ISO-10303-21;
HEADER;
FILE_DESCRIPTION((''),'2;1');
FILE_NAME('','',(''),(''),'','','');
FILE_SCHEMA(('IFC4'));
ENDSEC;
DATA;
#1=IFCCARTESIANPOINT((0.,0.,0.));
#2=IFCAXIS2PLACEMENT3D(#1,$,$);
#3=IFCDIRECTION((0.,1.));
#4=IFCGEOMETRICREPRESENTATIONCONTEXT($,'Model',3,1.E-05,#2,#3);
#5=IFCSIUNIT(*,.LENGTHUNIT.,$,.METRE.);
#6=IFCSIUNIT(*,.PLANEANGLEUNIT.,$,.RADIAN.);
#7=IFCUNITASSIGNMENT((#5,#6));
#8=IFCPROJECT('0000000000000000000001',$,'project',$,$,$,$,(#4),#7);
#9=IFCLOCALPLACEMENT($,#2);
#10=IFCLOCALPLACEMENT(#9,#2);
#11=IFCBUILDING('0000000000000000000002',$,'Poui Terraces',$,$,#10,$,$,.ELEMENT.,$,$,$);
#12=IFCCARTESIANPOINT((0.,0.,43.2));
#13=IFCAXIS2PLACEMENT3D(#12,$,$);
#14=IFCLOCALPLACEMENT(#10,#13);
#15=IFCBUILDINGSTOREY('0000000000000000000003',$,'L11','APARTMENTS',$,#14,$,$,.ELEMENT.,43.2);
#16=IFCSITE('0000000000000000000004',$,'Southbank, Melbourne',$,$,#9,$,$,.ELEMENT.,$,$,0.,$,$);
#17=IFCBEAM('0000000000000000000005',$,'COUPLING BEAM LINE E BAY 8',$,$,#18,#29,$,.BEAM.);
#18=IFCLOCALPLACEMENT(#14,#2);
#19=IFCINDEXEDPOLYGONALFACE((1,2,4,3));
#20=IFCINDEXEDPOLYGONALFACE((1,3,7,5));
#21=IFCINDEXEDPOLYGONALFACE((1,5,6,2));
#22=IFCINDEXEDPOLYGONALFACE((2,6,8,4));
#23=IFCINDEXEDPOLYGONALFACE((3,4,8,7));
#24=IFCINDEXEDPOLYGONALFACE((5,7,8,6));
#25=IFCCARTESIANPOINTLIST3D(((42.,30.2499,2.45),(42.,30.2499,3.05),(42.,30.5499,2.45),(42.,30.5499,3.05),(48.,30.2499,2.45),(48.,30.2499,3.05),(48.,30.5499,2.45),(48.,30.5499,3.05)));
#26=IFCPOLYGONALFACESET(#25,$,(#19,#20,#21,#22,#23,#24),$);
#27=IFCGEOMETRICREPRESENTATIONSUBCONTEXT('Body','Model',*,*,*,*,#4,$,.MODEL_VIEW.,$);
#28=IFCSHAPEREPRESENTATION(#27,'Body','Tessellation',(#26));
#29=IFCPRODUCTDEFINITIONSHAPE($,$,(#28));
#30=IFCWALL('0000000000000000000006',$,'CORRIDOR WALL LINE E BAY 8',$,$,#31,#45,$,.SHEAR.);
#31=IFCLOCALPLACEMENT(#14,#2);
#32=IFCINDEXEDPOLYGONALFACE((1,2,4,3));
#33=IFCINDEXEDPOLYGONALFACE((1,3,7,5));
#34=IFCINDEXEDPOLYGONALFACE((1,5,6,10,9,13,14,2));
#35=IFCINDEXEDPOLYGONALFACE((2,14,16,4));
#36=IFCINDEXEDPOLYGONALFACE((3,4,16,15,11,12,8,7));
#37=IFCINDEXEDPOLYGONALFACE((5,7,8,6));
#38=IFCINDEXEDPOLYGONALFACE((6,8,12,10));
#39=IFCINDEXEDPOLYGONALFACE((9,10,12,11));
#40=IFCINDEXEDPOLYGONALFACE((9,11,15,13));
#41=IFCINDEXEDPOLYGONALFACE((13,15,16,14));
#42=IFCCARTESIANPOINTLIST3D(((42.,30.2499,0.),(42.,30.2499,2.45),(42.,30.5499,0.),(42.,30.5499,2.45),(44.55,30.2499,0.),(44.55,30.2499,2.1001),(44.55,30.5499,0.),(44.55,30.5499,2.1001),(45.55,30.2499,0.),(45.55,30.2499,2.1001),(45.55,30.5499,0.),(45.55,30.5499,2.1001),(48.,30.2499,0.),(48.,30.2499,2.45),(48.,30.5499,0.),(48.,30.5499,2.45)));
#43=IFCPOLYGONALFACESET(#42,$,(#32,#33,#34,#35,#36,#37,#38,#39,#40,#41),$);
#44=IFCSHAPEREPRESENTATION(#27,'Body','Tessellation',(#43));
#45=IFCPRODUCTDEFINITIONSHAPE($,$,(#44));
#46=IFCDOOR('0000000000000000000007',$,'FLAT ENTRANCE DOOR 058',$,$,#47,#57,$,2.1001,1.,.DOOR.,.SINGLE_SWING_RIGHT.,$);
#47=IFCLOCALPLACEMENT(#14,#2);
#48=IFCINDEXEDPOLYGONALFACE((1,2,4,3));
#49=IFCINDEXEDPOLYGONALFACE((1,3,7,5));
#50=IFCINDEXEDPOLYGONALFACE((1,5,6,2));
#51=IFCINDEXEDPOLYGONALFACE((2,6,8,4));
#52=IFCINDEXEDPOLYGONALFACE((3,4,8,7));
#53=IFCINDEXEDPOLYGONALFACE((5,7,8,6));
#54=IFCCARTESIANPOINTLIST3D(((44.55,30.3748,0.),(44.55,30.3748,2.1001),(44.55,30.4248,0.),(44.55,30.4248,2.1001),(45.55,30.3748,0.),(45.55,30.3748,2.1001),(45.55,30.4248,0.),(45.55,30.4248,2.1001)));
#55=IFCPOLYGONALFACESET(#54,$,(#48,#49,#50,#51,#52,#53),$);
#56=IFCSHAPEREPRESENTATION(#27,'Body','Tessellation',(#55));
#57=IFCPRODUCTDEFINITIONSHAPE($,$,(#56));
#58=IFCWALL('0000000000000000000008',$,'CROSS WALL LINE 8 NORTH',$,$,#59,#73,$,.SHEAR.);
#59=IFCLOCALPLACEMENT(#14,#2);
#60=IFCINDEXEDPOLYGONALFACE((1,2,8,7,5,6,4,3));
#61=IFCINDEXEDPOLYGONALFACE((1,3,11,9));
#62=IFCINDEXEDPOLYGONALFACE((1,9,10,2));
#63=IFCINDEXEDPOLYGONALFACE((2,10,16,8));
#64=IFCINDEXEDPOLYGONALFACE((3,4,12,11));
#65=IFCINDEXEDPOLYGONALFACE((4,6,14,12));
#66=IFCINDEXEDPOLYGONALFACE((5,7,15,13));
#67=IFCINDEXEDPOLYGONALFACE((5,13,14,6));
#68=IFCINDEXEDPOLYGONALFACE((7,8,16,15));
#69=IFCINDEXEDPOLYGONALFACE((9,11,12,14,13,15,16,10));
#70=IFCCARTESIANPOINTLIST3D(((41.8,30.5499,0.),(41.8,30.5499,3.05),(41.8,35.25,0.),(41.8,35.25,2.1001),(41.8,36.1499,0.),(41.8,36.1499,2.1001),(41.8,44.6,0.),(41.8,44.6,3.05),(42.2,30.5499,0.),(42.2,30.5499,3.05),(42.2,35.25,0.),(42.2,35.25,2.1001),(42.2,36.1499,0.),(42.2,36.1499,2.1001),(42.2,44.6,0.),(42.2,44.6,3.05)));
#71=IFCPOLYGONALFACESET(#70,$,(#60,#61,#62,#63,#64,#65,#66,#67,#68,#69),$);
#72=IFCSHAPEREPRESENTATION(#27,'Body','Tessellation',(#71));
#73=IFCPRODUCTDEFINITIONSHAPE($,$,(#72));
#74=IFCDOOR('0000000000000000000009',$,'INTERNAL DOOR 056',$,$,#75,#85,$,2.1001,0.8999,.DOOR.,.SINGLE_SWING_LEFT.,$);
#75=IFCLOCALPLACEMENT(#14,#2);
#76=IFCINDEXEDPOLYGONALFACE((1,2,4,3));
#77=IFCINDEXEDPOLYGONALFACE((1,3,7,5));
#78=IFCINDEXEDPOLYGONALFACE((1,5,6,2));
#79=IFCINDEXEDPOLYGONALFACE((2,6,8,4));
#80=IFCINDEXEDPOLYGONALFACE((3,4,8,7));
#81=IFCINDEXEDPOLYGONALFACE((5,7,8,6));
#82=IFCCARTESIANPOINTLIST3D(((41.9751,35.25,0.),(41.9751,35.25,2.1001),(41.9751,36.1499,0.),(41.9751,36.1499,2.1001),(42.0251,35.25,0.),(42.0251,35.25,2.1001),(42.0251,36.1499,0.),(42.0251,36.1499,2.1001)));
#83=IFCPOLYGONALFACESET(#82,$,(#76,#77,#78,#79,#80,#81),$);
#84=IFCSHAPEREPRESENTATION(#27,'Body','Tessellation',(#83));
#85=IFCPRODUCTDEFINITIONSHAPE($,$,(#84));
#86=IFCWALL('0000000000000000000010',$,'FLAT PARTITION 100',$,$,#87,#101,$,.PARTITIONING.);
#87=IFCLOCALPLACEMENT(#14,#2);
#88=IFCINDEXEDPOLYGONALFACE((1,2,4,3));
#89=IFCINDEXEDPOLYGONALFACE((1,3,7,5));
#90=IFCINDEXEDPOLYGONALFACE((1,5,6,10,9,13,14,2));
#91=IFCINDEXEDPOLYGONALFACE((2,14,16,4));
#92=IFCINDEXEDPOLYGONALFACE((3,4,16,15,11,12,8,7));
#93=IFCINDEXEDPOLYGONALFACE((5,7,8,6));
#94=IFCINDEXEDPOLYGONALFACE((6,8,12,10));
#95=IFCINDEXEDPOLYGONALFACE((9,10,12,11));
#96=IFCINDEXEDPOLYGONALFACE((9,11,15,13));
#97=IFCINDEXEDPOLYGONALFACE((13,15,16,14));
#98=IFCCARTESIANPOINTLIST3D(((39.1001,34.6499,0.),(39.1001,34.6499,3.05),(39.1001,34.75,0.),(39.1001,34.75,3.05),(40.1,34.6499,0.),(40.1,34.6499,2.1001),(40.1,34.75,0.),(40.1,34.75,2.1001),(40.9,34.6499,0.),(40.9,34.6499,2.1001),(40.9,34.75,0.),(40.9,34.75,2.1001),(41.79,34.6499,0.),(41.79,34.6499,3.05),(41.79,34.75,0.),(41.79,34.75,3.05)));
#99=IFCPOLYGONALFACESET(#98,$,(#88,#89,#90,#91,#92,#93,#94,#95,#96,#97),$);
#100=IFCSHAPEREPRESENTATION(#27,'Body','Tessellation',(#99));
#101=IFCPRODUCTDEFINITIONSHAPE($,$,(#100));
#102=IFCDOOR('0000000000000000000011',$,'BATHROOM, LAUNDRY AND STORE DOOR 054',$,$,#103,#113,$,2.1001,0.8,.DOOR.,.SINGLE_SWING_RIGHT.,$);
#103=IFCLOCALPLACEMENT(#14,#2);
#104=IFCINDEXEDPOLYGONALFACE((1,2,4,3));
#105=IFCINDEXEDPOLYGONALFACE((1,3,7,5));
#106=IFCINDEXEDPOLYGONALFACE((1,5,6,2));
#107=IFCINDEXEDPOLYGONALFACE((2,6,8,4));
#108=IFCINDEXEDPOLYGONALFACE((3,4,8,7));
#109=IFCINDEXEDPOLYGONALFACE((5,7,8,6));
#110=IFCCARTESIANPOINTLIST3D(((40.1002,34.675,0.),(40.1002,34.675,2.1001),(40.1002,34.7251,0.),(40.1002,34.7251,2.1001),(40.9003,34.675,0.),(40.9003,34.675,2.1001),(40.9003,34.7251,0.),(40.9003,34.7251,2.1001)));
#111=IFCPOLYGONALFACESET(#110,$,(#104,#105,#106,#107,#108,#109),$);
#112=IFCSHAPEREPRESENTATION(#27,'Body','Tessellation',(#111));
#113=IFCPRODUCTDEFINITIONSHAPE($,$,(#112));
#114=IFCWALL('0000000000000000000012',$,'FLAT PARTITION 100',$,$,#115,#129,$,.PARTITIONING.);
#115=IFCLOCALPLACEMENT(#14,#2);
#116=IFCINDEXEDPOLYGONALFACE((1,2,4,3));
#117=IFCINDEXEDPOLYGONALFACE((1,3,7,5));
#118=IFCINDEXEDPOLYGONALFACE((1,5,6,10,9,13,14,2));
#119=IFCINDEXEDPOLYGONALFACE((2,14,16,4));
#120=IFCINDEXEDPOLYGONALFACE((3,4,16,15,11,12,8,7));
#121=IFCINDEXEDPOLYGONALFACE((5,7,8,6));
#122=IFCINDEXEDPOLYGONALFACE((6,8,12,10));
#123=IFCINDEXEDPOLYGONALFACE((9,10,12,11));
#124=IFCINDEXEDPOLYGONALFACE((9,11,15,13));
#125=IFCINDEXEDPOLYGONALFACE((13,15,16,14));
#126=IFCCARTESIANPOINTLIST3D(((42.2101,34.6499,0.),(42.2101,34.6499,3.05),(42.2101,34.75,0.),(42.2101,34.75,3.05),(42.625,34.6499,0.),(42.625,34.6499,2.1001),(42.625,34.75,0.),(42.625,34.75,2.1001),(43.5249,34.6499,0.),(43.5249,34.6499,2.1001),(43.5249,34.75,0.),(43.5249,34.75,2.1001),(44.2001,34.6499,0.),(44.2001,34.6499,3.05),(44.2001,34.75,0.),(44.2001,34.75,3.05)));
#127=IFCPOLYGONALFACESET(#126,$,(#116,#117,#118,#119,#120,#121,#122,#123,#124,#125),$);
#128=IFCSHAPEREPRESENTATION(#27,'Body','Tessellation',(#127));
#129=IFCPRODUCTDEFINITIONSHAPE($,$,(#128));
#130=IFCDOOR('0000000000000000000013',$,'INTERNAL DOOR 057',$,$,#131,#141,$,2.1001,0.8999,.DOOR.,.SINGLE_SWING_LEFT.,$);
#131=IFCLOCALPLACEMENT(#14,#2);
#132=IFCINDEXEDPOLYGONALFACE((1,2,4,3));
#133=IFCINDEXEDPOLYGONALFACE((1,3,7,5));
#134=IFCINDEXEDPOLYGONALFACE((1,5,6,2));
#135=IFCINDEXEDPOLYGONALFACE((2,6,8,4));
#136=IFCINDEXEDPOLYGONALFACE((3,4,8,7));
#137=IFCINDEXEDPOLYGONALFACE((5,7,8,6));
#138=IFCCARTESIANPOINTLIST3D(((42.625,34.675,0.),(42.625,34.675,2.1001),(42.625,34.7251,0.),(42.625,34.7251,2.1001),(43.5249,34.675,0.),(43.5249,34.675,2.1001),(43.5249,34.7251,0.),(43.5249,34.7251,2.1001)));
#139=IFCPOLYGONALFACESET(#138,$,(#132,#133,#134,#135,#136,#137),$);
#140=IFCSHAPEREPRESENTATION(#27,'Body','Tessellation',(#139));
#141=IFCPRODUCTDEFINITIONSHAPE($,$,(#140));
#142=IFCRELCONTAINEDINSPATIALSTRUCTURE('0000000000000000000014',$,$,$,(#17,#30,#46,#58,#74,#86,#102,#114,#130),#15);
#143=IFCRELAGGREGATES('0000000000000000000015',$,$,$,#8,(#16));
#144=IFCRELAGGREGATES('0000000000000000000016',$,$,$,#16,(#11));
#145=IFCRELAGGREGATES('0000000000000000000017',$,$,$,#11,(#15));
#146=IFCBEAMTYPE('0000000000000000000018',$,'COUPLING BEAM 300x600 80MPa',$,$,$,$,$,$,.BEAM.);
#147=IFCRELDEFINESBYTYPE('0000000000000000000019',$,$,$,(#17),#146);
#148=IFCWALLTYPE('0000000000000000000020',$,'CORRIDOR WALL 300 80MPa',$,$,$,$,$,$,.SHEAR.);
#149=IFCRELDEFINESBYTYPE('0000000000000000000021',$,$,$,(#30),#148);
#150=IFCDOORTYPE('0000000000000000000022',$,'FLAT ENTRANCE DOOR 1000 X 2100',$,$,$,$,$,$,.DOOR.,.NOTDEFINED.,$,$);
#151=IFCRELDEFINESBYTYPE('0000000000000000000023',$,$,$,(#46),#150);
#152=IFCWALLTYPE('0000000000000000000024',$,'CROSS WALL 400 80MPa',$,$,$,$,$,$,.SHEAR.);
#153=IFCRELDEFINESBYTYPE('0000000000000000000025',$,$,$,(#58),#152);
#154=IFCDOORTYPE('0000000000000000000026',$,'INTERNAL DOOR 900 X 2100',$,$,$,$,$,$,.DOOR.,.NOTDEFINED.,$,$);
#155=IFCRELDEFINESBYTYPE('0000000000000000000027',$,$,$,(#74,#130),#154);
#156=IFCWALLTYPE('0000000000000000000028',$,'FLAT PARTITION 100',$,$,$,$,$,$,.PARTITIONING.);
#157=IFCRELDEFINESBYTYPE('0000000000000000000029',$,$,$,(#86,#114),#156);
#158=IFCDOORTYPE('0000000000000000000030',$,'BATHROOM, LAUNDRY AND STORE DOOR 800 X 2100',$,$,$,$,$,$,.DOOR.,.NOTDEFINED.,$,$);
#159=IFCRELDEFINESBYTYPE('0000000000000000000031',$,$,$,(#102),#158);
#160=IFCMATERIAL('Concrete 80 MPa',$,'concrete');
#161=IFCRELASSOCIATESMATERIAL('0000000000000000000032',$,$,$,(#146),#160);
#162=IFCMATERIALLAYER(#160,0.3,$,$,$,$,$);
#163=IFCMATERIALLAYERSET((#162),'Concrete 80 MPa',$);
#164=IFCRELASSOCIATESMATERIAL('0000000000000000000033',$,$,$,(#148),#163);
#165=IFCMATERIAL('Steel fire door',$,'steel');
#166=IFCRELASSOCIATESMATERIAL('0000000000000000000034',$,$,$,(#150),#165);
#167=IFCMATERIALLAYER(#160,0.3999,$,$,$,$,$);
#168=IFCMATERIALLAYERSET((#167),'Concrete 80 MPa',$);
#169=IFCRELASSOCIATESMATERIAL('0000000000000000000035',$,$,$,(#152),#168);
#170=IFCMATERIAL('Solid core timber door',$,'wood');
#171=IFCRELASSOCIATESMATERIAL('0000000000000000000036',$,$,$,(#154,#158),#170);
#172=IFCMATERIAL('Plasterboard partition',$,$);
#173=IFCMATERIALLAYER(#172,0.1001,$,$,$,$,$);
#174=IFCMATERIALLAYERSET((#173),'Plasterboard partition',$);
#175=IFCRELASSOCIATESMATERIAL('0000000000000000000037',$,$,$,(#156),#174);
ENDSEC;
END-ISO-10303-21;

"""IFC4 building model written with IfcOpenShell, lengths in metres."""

from ifc_helpers import new_model, si_unit, direction, frame, frame_2d, origin, origin_2d, place, context, subcontext, project, spatial, rectangle, extrude, source, transform, mapped, material, layer, layer_set, material_profile, profile_set, type_object, element, fill, save


model = new_model("IFC4")

# Units and contexts
model_context = context("Model", 3, precision=1e-05, world=origin(), true_north=direction((0.0, 1.0)))
body_context = subcontext(model_context, "Body", "Model", "MODEL_VIEW")
ifc_project = project(units=[si_unit("LENGTHUNIT", "METRE"), si_unit("PLANEANGLEUNIT", "RADIAN")], contexts=[model_context])

# Site, building, storey
site_placement = place(None, origin())
site = spatial("IfcSite", under=ifc_project, at=site_placement, Name="Southbank, Melbourne", CompositionType="ELEMENT", RefElevation=0.0)
building_placement = place(site_placement, origin())
building = spatial("IfcBuilding", under=site, at=building_placement, Name="Poui Terraces", CompositionType="ELEMENT")
storey_placement = place(building_placement, frame((0.0, 0.0, 43.2)))
storey = spatial("IfcBuildingStorey", under=building, at=storey_placement, Name="L11", Description="APARTMENTS", CompositionType="ELEMENT", Elevation=43.2)

# Beam
ifc_material_1 = material(Name="Concrete 80 MPa", Category="concrete")
ifc_material_profile_1 = material_profile(ifc_material_1, rectangle(XDim=0.3, YDim=0.6001, at=origin_2d()), Name="RC 300x600")
ifc_profile_set_1 = profile_set([ifc_material_profile_1], Name="Concrete 80 MPa")
beam_type = type_object("IfcBeamType", Name="COUPLING BEAM 300x600 80MPa", PredefinedType="BEAM", material=ifc_profile_set_1)
shared_shape_1 = source(origin(), body_context, "Body", "SweptSolid", [
    extrude(rectangle(XDim=0.3, YDim=0.6001, at=origin_2d()), origin(), (0.0, 0.0, 1.0), 6.0),
])
beam_placement = place(storey_placement, frame((42.0, 30.3999, 2.75), z_axis=(1.0, 0.0, 0.0), x_axis=(0.0, 1.0, 0.0)))
element("IfcBeam", 1, at=beam_placement, inside=storey, type_object=beam_type, Name="COUPLING BEAM LINE E BAY 8", PredefinedType="BEAM", context=body_context, shape_type="MappedRepresentation", body=[
    mapped(shared_shape_1, transform((0.0, 0.0, 0.0))),
])

# Walls, openings, doors
ifc_layer_1 = layer(ifc_material_1, 0.3)
ifc_layer_set_1 = layer_set([ifc_layer_1], Name="Concrete 80 MPa")
wall_type_1 = type_object("IfcWallType", Name="CORRIDOR WALL 300 80MPa", PredefinedType="SHEAR", material=ifc_layer_set_1)
wall_1_placement = place(storey_placement, frame((42.0, 30.3999, 0.0), z_axis=(0.0, 0.0, 1.0), x_axis=(1.0, 0.0, 0.0)))
wall_1 = element("IfcWall", 2, at=wall_1_placement, inside=storey, type_object=wall_type_1, Name="CORRIDOR WALL LINE E BAY 8", PredefinedType="SHEAR", context=body_context, shape_type="SweptSolid", body=[
    extrude(rectangle(XDim=6.0, YDim=0.3, at=frame_2d((3.0, 0.0))), origin(), (0.0, 0.0, 1.0), 2.45),
])
opening_1_placement = place(wall_1_placement, frame((2.55, 0.0, 0.0)))
opening_1 = element("IfcOpeningElement", 3, at=opening_1_placement, cuts=wall_1, PredefinedType="OPENING", context=body_context, shape_type="SweptSolid", body=[
    extrude(rectangle(XDim=1.0, YDim=2.1001, at=frame_2d((0.5, 1.05))), frame((0.0, 0.1602, 0.0), z_axis=(0.0, -1.0, 0.0), x_axis=(1.0, 0.0, 0.0)), (0.0, 0.0, 1.0), 0.3201),
])
ifc_material_2 = material(Name="Steel fire door", Category="steel")
door_type_1 = type_object("IfcDoorType", Name="FLAT ENTRANCE DOOR 1000 X 2100", OperationType="NOTDEFINED", PredefinedType="DOOR", material=ifc_material_2)
door_1_placement = place(opening_1_placement, origin())
door_1 = element("IfcDoor", 4, at=door_1_placement, inside=storey, type_object=door_type_1, Name="FLAT ENTRANCE DOOR 058", OperationType="SINGLE_SWING_RIGHT", OverallHeight=2.1001, OverallWidth=1.0, PredefinedType="DOOR", context=body_context, shape_type="SweptSolid", body=[
    extrude(rectangle(XDim=1.0, YDim=2.1001, at=frame_2d((0.5, 1.05))), frame((0.0, 0.0249, 0.0), z_axis=(0.0, -1.0, 0.0), x_axis=(1.0, 0.0, 0.0)), (0.0, 0.0, 1.0), 0.05),
])
fill(opening_1, door_1)
ifc_layer_2 = layer(ifc_material_1, 0.3999)
ifc_layer_set_2 = layer_set([ifc_layer_2], Name="Concrete 80 MPa")
wall_type_2 = type_object("IfcWallType", Name="CROSS WALL 400 80MPa", PredefinedType="SHEAR", material=ifc_layer_set_2)
wall_2_placement = place(storey_placement, frame((42.0, 30.55, 0.0), z_axis=(0.0, 0.0, 1.0), x_axis=(0.0, 1.0, 0.0)))
wall_2 = element("IfcWall", 5, at=wall_2_placement, inside=storey, type_object=wall_type_2, Name="CROSS WALL LINE 8 NORTH", PredefinedType="SHEAR", context=body_context, shape_type="SweptSolid", body=[
    extrude(rectangle(XDim=14.05, YDim=0.3999, at=frame_2d((7.0249, 0.0))), origin(), (0.0, 0.0, 1.0), 3.05),
])
opening_2_placement = place(wall_2_placement, frame((4.7, 0.0, 0.0)))
opening_2 = element("IfcOpeningElement", 6, at=opening_2_placement, cuts=wall_2, PredefinedType="OPENING", context=body_context, shape_type="SweptSolid", body=[
    extrude(rectangle(XDim=0.8999, YDim=2.1001, at=frame_2d((0.45, 1.05))), frame((0.0, 0.21, 0.0), z_axis=(0.0, -1.0, 0.0), x_axis=(1.0, 0.0, 0.0)), (0.0, 0.0, 1.0), 0.4199),
])
ifc_material_3 = material(Name="Solid core timber door", Category="wood")
door_type_2 = type_object("IfcDoorType", Name="INTERNAL DOOR 900 X 2100", OperationType="NOTDEFINED", PredefinedType="DOOR", material=ifc_material_3)
door_2_placement = place(opening_2_placement, origin())
door_2 = element("IfcDoor", 7, at=door_2_placement, inside=storey, type_object=door_type_2, Name="INTERNAL DOOR 056", OperationType="SINGLE_SWING_LEFT", OverallHeight=2.1001, OverallWidth=0.8999, PredefinedType="DOOR", context=body_context, shape_type="SweptSolid", body=[
    extrude(rectangle(XDim=0.8999, YDim=2.1001, at=frame_2d((0.45, 1.05))), frame((0.0, 0.0249, 0.0), z_axis=(0.0, -1.0, 0.0), x_axis=(1.0, 0.0, 0.0)), (0.0, 0.0, 1.0), 0.05),
])
fill(opening_2, door_2)
ifc_material_4 = material(Name="Plasterboard partition")
ifc_layer_3 = layer(ifc_material_4, 0.1001)
ifc_layer_set_3 = layer_set([ifc_layer_3], Name="Plasterboard partition")
wall_type_3 = type_object("IfcWallType", Name="FLAT PARTITION 100", PredefinedType="PARTITIONING", material=ifc_layer_set_3)
wall_3_placement = place(storey_placement, frame((39.1001, 34.7, 0.0), z_axis=(0.0, 0.0, 1.0), x_axis=(1.0, 0.0, 0.0)))
wall_3 = element("IfcWall", 8, at=wall_3_placement, inside=storey, type_object=wall_type_3, Name="FLAT PARTITION 100", PredefinedType="PARTITIONING", context=body_context, shape_type="SweptSolid", body=[
    extrude(rectangle(XDim=2.6899, YDim=0.1001, at=frame_2d((1.345, 0.0))), origin(), (0.0, 0.0, 1.0), 3.05),
])
opening_3_placement = place(wall_3_placement, frame((1.0, 0.0, 0.0)))
opening_3 = element("IfcOpeningElement", 9, at=opening_3_placement, cuts=wall_3, PredefinedType="OPENING", context=body_context, shape_type="SweptSolid", body=[
    extrude(rectangle(XDim=0.8, YDim=2.1001, at=frame_2d((0.3999, 1.05))), frame((0.0, 0.0601, 0.0), z_axis=(0.0, -1.0, 0.0), x_axis=(1.0, 0.0, 0.0)), (0.0, 0.0, 1.0), 0.1201),
])
door_type_3 = type_object("IfcDoorType", Name="BATHROOM, LAUNDRY AND STORE DOOR 800 X 2100", OperationType="NOTDEFINED", PredefinedType="DOOR", material=ifc_material_3)
door_3_placement = place(opening_3_placement, frame((0.8, 0.0, 0.0), z_axis=(0.0, 0.0, 1.0), x_axis=(-1.0, 0.0, 0.0)))
door_3 = element("IfcDoor", 10, at=door_3_placement, inside=storey, type_object=door_type_3, Name="BATHROOM, LAUNDRY AND STORE DOOR 054", OperationType="SINGLE_SWING_RIGHT", OverallHeight=2.1001, OverallWidth=0.8, PredefinedType="DOOR", context=body_context, shape_type="SweptSolid", body=[
    extrude(rectangle(XDim=0.8, YDim=2.1001, at=frame_2d((0.3999, 1.05))), frame((0.0, 0.0249, 0.0), z_axis=(0.0, -1.0, 0.0), x_axis=(1.0, 0.0, 0.0)), (0.0, 0.0, 1.0), 0.05),
])
fill(opening_3, door_3)
wall_4_placement = place(storey_placement, frame((42.21, 34.7, 0.0), z_axis=(0.0, 0.0, 1.0), x_axis=(1.0, 0.0, 0.0)))
wall_4 = element("IfcWall", 11, at=wall_4_placement, inside=storey, type_object=wall_type_3, Name="FLAT PARTITION 100", PredefinedType="PARTITIONING", context=body_context, shape_type="SweptSolid", body=[
    extrude(rectangle(XDim=1.99, YDim=0.1001, at=frame_2d((0.9951, 0.0))), origin(), (0.0, 0.0, 1.0), 3.05),
])
opening_4_placement = place(wall_4_placement, frame((0.415, 0.0, 0.0)))
opening_4 = element("IfcOpeningElement", 12, at=opening_4_placement, cuts=wall_4, PredefinedType="OPENING", context=body_context, shape_type="SweptSolid", body=[
    extrude(rectangle(XDim=0.8999, YDim=2.1001, at=frame_2d((0.45, 1.05))), frame((0.0, 0.0601, 0.0), z_axis=(0.0, -1.0, 0.0), x_axis=(1.0, 0.0, 0.0)), (0.0, 0.0, 1.0), 0.1201),
])
door_4_placement = place(opening_4_placement, frame((0.8999, 0.0, 0.0), z_axis=(0.0, 0.0, 1.0), x_axis=(-1.0, 0.0, 0.0)))
door_4 = element("IfcDoor", 13, at=door_4_placement, inside=storey, type_object=door_type_2, Name="INTERNAL DOOR 057", OperationType="SINGLE_SWING_LEFT", OverallHeight=2.1001, OverallWidth=0.8999, PredefinedType="DOOR", context=body_context, shape_type="SweptSolid", body=[
    extrude(rectangle(XDim=0.8999, YDim=2.1001, at=frame_2d((0.45, 1.05))), frame((0.0, 0.0249, 0.0), z_axis=(0.0, -1.0, 0.0), x_axis=(1.0, 0.0, 0.0)), (0.0, 0.0, 1.0), 0.05),
])
fill(opening_4, door_4)

save(model, "model.ifc")
